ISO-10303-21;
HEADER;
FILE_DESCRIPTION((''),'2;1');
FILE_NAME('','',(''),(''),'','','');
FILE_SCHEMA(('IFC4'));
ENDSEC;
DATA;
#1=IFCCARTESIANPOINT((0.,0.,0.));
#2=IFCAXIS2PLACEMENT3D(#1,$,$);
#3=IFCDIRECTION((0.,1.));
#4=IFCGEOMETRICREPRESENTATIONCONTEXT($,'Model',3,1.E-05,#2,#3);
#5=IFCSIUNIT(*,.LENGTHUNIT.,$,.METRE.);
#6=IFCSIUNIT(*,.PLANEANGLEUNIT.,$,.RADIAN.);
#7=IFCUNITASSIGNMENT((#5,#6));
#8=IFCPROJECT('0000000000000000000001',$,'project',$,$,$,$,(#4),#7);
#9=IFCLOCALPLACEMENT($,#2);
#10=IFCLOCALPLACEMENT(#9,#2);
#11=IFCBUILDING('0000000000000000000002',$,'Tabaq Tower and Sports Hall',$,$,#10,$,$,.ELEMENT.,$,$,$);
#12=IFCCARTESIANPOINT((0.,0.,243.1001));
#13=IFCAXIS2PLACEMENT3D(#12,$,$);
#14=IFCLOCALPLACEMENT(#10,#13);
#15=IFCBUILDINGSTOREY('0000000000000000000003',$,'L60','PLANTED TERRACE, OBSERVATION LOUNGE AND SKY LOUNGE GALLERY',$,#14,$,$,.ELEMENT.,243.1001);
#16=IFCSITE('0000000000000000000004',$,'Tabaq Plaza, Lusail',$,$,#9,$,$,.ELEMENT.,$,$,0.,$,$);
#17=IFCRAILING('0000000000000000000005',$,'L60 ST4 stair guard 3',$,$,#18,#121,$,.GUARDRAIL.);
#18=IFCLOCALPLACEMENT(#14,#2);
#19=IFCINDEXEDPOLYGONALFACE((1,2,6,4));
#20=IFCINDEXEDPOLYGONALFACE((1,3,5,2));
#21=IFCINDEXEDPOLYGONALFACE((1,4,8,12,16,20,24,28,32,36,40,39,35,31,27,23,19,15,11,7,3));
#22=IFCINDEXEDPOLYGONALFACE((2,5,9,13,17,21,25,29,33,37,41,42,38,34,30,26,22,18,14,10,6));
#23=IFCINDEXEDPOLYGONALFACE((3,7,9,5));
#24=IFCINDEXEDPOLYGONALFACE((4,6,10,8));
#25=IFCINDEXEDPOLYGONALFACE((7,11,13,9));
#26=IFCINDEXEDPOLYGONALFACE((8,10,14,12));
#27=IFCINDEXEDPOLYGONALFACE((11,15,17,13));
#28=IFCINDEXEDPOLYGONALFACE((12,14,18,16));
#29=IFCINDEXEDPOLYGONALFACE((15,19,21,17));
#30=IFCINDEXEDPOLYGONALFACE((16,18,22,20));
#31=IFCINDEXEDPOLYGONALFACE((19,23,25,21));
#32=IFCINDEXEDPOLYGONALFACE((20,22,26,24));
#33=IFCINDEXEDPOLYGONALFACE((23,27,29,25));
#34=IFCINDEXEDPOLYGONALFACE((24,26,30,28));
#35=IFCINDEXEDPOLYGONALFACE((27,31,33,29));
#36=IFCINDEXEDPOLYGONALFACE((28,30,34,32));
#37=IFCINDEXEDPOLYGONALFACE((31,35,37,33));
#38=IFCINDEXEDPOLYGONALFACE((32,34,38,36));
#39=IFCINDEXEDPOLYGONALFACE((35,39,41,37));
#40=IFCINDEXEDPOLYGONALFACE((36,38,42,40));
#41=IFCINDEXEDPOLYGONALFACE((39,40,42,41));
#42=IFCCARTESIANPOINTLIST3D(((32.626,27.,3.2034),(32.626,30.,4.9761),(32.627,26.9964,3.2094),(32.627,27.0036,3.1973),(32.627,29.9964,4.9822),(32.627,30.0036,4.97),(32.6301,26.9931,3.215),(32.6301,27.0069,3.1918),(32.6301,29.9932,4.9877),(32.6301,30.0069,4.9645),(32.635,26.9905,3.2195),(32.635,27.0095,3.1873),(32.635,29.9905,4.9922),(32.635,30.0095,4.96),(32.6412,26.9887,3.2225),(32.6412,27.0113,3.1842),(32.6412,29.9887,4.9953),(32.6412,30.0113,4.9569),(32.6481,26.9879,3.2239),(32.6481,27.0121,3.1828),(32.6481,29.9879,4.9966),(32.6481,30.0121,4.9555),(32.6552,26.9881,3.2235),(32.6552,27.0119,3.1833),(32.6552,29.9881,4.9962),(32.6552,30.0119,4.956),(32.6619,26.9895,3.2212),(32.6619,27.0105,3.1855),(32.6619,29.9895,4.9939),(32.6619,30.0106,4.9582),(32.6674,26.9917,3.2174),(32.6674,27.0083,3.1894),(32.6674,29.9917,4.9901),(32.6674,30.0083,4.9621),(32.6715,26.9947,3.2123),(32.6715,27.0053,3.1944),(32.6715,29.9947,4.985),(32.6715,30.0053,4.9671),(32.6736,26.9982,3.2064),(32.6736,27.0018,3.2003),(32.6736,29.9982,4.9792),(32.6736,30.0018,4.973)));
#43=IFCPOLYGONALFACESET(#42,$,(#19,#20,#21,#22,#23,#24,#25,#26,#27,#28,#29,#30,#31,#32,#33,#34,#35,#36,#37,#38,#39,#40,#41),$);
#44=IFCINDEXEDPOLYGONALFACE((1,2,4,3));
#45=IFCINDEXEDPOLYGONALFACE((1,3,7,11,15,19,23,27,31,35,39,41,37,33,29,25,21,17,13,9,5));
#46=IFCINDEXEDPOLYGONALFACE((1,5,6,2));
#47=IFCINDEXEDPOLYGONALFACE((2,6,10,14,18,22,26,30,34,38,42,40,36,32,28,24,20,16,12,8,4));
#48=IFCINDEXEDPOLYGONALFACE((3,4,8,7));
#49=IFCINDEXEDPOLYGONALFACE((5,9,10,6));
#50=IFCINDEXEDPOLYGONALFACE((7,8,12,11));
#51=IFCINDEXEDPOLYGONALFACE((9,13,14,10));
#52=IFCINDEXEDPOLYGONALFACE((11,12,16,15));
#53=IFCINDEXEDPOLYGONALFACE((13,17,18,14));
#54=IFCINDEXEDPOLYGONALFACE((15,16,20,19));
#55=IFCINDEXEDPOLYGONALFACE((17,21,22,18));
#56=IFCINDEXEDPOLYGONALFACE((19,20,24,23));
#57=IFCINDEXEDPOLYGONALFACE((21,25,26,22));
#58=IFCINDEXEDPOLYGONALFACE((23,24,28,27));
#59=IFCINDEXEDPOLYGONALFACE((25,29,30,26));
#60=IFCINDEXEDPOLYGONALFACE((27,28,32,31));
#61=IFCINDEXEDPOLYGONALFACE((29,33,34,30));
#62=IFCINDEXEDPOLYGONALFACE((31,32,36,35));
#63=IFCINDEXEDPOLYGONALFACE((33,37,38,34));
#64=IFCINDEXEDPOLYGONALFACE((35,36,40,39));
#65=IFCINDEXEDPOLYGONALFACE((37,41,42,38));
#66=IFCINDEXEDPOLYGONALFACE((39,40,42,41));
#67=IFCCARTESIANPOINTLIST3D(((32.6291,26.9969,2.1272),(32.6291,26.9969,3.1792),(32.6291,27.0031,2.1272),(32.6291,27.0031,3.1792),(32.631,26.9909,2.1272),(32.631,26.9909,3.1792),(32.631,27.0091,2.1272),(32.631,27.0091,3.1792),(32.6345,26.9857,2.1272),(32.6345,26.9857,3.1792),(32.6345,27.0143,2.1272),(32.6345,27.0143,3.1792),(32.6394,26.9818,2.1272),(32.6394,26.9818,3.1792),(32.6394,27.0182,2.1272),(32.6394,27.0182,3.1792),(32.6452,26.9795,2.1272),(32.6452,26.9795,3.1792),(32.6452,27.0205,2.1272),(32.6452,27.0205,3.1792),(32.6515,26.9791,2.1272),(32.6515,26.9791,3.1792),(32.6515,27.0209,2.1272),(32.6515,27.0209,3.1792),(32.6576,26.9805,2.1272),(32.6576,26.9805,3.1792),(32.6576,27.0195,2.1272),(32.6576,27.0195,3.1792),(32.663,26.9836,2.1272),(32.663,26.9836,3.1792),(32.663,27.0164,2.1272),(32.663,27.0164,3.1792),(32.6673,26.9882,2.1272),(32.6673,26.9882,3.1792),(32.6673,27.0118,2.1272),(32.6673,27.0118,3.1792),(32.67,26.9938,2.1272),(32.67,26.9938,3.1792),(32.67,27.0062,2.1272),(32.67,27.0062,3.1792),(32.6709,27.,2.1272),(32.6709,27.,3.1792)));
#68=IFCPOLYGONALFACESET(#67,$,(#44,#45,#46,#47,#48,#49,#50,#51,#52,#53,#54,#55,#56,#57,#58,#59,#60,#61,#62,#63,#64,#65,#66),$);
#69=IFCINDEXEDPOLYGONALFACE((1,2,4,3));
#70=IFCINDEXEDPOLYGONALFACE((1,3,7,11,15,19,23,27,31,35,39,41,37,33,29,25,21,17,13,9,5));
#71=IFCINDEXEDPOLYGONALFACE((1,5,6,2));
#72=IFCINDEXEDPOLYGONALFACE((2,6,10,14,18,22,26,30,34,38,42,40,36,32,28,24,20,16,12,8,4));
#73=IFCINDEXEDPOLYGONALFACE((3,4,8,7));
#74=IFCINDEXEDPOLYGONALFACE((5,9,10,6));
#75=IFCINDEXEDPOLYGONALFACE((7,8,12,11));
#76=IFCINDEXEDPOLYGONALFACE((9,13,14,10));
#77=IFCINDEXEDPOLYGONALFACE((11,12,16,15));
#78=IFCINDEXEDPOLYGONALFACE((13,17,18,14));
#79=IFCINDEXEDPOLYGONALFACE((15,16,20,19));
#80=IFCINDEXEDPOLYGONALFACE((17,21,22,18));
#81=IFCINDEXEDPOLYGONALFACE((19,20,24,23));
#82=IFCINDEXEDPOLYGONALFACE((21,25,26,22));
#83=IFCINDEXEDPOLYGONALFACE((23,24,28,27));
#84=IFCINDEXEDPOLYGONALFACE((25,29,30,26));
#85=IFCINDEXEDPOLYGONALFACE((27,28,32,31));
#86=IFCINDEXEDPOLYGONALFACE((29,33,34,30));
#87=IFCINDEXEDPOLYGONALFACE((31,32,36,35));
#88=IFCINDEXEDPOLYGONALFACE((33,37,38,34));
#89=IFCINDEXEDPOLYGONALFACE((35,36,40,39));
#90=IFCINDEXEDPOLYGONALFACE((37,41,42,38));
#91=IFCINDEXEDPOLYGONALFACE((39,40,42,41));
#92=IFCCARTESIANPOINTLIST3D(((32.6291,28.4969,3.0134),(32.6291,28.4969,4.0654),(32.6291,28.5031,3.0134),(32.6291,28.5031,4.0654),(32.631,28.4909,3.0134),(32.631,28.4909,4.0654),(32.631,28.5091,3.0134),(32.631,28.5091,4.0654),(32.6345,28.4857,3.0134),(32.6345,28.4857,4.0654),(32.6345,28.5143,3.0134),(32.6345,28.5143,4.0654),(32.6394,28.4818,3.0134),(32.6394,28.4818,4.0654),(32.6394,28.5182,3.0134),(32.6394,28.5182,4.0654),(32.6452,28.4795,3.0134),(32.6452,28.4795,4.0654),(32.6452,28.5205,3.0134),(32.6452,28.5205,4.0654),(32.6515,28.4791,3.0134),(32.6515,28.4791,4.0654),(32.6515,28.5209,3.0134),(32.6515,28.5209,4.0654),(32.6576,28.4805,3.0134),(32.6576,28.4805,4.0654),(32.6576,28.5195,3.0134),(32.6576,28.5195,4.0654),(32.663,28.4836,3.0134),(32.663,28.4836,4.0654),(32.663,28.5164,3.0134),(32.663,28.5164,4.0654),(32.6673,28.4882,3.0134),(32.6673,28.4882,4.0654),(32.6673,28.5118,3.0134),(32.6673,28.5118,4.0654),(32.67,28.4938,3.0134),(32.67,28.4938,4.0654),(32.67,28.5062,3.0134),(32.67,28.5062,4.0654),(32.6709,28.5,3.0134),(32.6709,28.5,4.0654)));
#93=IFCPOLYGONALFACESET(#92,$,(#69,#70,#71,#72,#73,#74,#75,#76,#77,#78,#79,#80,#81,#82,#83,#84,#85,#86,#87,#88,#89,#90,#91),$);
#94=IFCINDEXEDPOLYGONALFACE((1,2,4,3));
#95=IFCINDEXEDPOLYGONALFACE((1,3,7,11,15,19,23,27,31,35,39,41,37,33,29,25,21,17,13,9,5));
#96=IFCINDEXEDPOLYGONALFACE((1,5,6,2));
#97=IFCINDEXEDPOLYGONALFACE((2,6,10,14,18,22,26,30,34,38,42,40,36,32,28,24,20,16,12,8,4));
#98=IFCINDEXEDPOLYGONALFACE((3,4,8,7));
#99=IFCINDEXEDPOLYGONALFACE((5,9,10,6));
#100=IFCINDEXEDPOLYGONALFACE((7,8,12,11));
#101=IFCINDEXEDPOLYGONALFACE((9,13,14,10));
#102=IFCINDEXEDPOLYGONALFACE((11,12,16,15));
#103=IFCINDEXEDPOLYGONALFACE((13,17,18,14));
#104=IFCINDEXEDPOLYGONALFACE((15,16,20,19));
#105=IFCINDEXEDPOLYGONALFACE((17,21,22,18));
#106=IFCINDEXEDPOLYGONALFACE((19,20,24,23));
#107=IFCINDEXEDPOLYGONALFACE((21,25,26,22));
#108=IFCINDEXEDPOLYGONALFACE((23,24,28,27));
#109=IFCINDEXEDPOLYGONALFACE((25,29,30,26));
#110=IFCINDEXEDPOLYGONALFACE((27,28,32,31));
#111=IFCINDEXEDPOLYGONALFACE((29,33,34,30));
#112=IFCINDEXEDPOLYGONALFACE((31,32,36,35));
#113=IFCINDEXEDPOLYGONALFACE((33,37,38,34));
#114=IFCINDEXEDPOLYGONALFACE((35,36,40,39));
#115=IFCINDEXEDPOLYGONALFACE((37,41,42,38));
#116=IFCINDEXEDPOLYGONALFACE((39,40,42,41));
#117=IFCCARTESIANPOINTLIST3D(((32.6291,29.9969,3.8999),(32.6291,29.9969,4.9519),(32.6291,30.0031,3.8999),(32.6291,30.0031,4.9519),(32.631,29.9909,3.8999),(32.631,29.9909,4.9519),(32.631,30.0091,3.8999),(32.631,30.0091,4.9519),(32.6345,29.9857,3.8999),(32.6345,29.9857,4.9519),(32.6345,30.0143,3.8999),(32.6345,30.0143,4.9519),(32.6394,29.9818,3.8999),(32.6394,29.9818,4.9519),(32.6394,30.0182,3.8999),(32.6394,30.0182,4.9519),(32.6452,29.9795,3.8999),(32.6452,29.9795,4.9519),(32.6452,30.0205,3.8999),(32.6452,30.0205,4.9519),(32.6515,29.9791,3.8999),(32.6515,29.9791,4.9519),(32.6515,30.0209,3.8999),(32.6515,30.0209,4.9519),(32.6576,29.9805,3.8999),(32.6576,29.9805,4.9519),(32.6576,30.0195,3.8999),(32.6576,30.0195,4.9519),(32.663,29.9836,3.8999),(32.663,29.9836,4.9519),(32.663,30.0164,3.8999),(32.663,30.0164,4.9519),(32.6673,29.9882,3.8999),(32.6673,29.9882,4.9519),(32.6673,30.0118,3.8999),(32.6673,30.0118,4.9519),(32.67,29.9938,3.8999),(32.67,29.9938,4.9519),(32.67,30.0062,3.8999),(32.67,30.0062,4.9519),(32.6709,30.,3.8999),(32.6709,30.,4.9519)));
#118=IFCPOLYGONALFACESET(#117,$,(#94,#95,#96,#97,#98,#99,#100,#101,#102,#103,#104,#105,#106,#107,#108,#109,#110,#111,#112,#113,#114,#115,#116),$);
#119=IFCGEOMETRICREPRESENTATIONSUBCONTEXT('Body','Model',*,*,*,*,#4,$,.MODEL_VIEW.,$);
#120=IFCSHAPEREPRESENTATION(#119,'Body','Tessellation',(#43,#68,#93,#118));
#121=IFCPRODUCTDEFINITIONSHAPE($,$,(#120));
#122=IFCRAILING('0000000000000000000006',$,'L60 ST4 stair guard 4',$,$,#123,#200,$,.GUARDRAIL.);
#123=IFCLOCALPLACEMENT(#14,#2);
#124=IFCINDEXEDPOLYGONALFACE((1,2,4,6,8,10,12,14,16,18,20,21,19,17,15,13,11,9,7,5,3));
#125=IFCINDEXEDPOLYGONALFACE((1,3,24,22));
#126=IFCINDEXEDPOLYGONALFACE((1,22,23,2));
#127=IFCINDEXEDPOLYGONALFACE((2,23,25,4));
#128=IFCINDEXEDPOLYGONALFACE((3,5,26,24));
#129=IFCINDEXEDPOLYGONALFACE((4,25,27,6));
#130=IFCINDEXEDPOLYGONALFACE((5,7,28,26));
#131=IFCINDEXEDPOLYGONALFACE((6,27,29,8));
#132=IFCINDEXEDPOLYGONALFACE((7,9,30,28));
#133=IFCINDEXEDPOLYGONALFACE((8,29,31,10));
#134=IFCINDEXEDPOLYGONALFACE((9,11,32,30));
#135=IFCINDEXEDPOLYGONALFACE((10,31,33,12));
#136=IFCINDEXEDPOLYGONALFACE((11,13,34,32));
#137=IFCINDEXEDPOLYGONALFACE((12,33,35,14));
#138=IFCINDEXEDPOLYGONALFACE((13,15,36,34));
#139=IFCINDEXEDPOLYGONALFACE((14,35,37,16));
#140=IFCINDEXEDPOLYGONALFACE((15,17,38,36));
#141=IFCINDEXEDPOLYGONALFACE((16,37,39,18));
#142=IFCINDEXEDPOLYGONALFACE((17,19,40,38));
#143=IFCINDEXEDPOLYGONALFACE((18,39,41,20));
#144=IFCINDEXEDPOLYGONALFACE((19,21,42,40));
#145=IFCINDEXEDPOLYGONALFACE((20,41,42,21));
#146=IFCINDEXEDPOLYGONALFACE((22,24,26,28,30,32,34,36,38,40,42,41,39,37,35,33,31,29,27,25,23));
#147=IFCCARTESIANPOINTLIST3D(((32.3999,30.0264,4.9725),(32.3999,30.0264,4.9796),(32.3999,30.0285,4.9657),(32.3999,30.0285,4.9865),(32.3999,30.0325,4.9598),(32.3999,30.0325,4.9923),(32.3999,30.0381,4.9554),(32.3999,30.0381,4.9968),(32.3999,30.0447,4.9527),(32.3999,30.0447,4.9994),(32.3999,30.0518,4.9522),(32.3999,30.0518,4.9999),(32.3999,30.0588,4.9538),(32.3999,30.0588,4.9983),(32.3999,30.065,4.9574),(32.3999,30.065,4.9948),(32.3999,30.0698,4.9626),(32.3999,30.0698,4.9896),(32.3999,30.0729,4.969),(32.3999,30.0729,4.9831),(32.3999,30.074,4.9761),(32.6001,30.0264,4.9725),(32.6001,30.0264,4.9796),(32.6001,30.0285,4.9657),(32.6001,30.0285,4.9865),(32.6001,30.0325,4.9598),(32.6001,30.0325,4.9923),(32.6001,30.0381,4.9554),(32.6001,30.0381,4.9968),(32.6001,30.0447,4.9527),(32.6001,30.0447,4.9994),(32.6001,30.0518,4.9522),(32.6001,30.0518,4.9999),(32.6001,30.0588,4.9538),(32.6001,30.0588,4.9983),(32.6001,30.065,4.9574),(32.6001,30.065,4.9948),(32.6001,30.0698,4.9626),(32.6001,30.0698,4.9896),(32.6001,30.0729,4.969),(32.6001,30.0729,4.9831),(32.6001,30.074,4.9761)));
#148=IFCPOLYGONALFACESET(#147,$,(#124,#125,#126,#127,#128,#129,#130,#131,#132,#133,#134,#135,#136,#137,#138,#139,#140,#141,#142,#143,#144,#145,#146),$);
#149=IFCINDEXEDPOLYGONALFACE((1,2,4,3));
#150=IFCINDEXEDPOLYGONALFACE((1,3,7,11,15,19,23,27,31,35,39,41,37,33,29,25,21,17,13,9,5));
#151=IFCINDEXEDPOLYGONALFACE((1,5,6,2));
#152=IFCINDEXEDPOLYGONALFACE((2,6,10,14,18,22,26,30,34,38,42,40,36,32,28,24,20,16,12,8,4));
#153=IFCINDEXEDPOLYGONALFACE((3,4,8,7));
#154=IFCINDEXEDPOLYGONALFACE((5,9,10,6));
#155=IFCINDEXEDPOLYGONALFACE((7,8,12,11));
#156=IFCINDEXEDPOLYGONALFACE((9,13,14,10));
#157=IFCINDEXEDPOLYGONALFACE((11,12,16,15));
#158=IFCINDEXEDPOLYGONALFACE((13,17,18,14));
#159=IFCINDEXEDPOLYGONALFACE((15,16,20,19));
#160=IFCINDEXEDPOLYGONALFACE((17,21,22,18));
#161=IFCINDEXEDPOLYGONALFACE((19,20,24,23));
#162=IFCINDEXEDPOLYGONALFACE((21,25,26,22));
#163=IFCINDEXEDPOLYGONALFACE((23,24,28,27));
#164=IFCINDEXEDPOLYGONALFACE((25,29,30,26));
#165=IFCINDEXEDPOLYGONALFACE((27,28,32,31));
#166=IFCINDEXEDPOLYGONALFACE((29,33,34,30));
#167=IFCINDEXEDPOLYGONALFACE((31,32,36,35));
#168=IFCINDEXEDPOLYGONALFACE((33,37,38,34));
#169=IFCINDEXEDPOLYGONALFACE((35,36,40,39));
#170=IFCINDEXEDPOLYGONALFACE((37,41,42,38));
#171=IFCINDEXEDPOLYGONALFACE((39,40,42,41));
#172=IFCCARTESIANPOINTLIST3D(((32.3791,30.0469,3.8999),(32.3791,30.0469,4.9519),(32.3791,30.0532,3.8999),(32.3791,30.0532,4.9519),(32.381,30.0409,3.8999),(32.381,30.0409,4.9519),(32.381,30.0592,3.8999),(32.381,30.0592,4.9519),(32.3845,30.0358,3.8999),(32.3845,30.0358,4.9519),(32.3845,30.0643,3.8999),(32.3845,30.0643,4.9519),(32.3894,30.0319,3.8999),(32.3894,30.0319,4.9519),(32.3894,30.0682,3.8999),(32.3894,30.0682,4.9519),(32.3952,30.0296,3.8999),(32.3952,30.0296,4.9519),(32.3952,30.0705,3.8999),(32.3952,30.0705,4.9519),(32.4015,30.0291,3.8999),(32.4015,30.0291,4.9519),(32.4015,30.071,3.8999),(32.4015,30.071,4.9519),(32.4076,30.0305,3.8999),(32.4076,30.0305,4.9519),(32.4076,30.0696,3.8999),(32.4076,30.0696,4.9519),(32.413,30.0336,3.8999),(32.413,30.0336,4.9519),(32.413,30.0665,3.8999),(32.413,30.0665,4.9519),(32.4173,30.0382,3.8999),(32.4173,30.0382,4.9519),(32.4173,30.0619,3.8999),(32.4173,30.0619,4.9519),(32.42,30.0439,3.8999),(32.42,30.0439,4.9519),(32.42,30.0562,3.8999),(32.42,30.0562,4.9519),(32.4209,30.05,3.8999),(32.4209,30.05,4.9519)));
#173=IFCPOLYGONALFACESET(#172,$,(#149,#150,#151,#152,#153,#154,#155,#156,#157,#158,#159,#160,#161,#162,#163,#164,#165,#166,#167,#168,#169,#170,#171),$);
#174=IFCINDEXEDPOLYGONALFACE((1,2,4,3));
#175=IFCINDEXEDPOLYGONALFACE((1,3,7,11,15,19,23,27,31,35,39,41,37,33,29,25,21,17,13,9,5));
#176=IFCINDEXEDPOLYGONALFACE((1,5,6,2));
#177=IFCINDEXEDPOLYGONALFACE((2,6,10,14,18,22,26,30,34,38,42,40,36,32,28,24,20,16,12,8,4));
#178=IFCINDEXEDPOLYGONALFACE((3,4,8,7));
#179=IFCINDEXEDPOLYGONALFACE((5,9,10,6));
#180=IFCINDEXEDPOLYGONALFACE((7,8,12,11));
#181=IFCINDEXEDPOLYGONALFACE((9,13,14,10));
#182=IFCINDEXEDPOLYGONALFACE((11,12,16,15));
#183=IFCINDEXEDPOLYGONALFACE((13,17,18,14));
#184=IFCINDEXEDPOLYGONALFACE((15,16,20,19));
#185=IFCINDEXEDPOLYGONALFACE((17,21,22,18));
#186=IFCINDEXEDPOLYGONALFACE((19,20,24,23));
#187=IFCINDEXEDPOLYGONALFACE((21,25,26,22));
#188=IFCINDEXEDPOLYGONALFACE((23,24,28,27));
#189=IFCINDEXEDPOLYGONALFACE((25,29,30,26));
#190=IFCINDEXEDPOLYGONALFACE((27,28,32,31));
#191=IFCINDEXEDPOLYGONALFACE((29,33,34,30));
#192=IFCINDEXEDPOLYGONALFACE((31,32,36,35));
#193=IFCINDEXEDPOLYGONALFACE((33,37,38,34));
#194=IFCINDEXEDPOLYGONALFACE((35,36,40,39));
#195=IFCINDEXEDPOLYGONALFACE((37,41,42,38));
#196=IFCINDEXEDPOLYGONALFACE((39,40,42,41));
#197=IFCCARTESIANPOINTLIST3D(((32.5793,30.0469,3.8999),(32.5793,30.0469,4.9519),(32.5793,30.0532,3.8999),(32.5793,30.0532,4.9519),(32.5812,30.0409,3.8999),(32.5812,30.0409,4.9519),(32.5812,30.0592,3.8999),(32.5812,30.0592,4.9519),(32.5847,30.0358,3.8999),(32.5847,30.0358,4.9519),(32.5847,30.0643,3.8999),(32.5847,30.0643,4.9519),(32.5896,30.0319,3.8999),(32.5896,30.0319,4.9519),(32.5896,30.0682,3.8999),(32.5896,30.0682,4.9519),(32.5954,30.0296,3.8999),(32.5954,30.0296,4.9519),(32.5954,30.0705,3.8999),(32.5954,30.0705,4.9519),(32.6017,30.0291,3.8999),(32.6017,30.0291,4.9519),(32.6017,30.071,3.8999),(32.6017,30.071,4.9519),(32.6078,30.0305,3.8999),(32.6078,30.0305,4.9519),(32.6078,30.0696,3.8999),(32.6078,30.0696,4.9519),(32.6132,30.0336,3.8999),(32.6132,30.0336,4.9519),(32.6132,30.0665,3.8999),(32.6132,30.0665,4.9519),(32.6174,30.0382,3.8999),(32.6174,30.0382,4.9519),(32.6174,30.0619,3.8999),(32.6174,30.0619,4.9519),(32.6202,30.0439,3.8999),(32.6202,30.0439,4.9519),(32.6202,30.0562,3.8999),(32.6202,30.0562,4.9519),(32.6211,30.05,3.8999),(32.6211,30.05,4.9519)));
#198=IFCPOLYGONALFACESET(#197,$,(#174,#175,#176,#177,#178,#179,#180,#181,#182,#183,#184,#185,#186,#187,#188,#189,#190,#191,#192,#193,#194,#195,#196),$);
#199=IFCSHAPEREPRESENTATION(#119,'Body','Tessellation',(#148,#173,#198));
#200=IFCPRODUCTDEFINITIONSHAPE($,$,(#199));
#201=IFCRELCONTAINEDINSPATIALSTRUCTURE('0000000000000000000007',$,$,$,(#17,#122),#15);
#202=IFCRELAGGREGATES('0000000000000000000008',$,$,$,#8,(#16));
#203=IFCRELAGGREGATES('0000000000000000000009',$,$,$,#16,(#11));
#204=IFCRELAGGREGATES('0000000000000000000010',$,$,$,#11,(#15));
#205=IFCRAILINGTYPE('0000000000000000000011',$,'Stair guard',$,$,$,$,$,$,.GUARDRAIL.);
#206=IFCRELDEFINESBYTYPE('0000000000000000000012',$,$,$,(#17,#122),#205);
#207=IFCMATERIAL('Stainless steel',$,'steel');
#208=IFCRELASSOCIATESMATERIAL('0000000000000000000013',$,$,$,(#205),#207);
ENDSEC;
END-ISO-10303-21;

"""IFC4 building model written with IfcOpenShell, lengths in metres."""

from ifc_helpers import new_model, si_unit, direction, frame, origin, origin_2d, place, context, subcontext, project, spatial, circle, extrude, material, type_object, element, save


model = new_model("IFC4")

# Units and contexts
model_context = context("Model", 3, precision=1e-05, world=origin(), true_north=direction((0.0, 1.0)))
body_context = subcontext(model_context, "Body", "Model", "MODEL_VIEW")
ifc_project = project(units=[si_unit("LENGTHUNIT", "METRE"), si_unit("PLANEANGLEUNIT", "RADIAN")], contexts=[model_context])

# Site, building, storey
site_placement = place(None, origin())
site = spatial("IfcSite", under=ifc_project, at=site_placement, Name="Tabaq Plaza, Lusail", CompositionType="ELEMENT", RefElevation=0.0)
building_placement = place(site_placement, origin())
building = spatial("IfcBuilding", under=site, at=building_placement, Name="Tabaq Tower and Sports Hall", CompositionType="ELEMENT")
storey_placement = place(building_placement, frame((0.0, 0.0, 243.1001)))
storey = spatial("IfcBuildingStorey", under=building, at=storey_placement, Name="L60", Description="PLANTED TERRACE, OBSERVATION LOUNGE AND SKY LOUNGE GALLERY", CompositionType="ELEMENT", Elevation=243.1001)

# Railings
ifc_material_1 = material(Name="Stainless steel", Category="steel")
railing_type_1 = type_object("IfcRailingType", Name="Stair guard", PredefinedType="GUARDRAIL", material=ifc_material_1)
railing_1_placement = place(storey_placement, frame((32.6499, 27.0, 2.1272)))
element("IfcRailing", 1, at=railing_1_placement, inside=storey, type_object=railing_type_1, Name="L60 ST4 stair guard 3", PredefinedType="GUARDRAIL", context=body_context, shape_type="SweptSolid", body=[
    extrude(circle(Radius=0.0239, at=origin_2d()), frame((0.0, 0.0, 1.0762), z_axis=(0.0, 0.860929, 0.508725), x_axis=(-1.0, 0.0, 0.0)), (0.0, 0.0, 1.0), 3.4846),
    extrude(circle(Radius=0.021, at=origin_2d()), origin(), (0.0, 0.0, 1.0), 1.052),
    extrude(circle(Radius=0.021, at=origin_2d()), frame((0.0, 1.5, 0.8862)), (0.0, 0.0, 1.0), 1.052),
    extrude(circle(Radius=0.021, at=origin_2d()), frame((0.0, 3.0, 1.7727)), (0.0, 0.0, 1.0), 1.052),
])
railing_2_placement = place(storey_placement, frame((32.3999, 30.05, 3.8999)))
element("IfcRailing", 2, at=railing_2_placement, inside=storey, type_object=railing_type_1, Name="L60 ST4 stair guard 4", PredefinedType="GUARDRAIL", context=body_context, shape_type="SweptSolid", body=[
    extrude(circle(Radius=0.0239, at=origin_2d()), frame((0.0, 0.0, 1.0762), z_axis=(1.0, 0.0, 0.0), x_axis=(0.0, 1.0, 0.0)), (0.0, 0.0, 1.0), 0.2002),
    extrude(circle(Radius=0.021, at=origin_2d()), origin(), (0.0, 0.0, 1.0), 1.052),
    extrude(circle(Radius=0.021, at=origin_2d()), frame((0.2002, 0.0, 0.0)), (0.0, 0.0, 1.0), 1.052),
])

save(model, "model.ifc")
